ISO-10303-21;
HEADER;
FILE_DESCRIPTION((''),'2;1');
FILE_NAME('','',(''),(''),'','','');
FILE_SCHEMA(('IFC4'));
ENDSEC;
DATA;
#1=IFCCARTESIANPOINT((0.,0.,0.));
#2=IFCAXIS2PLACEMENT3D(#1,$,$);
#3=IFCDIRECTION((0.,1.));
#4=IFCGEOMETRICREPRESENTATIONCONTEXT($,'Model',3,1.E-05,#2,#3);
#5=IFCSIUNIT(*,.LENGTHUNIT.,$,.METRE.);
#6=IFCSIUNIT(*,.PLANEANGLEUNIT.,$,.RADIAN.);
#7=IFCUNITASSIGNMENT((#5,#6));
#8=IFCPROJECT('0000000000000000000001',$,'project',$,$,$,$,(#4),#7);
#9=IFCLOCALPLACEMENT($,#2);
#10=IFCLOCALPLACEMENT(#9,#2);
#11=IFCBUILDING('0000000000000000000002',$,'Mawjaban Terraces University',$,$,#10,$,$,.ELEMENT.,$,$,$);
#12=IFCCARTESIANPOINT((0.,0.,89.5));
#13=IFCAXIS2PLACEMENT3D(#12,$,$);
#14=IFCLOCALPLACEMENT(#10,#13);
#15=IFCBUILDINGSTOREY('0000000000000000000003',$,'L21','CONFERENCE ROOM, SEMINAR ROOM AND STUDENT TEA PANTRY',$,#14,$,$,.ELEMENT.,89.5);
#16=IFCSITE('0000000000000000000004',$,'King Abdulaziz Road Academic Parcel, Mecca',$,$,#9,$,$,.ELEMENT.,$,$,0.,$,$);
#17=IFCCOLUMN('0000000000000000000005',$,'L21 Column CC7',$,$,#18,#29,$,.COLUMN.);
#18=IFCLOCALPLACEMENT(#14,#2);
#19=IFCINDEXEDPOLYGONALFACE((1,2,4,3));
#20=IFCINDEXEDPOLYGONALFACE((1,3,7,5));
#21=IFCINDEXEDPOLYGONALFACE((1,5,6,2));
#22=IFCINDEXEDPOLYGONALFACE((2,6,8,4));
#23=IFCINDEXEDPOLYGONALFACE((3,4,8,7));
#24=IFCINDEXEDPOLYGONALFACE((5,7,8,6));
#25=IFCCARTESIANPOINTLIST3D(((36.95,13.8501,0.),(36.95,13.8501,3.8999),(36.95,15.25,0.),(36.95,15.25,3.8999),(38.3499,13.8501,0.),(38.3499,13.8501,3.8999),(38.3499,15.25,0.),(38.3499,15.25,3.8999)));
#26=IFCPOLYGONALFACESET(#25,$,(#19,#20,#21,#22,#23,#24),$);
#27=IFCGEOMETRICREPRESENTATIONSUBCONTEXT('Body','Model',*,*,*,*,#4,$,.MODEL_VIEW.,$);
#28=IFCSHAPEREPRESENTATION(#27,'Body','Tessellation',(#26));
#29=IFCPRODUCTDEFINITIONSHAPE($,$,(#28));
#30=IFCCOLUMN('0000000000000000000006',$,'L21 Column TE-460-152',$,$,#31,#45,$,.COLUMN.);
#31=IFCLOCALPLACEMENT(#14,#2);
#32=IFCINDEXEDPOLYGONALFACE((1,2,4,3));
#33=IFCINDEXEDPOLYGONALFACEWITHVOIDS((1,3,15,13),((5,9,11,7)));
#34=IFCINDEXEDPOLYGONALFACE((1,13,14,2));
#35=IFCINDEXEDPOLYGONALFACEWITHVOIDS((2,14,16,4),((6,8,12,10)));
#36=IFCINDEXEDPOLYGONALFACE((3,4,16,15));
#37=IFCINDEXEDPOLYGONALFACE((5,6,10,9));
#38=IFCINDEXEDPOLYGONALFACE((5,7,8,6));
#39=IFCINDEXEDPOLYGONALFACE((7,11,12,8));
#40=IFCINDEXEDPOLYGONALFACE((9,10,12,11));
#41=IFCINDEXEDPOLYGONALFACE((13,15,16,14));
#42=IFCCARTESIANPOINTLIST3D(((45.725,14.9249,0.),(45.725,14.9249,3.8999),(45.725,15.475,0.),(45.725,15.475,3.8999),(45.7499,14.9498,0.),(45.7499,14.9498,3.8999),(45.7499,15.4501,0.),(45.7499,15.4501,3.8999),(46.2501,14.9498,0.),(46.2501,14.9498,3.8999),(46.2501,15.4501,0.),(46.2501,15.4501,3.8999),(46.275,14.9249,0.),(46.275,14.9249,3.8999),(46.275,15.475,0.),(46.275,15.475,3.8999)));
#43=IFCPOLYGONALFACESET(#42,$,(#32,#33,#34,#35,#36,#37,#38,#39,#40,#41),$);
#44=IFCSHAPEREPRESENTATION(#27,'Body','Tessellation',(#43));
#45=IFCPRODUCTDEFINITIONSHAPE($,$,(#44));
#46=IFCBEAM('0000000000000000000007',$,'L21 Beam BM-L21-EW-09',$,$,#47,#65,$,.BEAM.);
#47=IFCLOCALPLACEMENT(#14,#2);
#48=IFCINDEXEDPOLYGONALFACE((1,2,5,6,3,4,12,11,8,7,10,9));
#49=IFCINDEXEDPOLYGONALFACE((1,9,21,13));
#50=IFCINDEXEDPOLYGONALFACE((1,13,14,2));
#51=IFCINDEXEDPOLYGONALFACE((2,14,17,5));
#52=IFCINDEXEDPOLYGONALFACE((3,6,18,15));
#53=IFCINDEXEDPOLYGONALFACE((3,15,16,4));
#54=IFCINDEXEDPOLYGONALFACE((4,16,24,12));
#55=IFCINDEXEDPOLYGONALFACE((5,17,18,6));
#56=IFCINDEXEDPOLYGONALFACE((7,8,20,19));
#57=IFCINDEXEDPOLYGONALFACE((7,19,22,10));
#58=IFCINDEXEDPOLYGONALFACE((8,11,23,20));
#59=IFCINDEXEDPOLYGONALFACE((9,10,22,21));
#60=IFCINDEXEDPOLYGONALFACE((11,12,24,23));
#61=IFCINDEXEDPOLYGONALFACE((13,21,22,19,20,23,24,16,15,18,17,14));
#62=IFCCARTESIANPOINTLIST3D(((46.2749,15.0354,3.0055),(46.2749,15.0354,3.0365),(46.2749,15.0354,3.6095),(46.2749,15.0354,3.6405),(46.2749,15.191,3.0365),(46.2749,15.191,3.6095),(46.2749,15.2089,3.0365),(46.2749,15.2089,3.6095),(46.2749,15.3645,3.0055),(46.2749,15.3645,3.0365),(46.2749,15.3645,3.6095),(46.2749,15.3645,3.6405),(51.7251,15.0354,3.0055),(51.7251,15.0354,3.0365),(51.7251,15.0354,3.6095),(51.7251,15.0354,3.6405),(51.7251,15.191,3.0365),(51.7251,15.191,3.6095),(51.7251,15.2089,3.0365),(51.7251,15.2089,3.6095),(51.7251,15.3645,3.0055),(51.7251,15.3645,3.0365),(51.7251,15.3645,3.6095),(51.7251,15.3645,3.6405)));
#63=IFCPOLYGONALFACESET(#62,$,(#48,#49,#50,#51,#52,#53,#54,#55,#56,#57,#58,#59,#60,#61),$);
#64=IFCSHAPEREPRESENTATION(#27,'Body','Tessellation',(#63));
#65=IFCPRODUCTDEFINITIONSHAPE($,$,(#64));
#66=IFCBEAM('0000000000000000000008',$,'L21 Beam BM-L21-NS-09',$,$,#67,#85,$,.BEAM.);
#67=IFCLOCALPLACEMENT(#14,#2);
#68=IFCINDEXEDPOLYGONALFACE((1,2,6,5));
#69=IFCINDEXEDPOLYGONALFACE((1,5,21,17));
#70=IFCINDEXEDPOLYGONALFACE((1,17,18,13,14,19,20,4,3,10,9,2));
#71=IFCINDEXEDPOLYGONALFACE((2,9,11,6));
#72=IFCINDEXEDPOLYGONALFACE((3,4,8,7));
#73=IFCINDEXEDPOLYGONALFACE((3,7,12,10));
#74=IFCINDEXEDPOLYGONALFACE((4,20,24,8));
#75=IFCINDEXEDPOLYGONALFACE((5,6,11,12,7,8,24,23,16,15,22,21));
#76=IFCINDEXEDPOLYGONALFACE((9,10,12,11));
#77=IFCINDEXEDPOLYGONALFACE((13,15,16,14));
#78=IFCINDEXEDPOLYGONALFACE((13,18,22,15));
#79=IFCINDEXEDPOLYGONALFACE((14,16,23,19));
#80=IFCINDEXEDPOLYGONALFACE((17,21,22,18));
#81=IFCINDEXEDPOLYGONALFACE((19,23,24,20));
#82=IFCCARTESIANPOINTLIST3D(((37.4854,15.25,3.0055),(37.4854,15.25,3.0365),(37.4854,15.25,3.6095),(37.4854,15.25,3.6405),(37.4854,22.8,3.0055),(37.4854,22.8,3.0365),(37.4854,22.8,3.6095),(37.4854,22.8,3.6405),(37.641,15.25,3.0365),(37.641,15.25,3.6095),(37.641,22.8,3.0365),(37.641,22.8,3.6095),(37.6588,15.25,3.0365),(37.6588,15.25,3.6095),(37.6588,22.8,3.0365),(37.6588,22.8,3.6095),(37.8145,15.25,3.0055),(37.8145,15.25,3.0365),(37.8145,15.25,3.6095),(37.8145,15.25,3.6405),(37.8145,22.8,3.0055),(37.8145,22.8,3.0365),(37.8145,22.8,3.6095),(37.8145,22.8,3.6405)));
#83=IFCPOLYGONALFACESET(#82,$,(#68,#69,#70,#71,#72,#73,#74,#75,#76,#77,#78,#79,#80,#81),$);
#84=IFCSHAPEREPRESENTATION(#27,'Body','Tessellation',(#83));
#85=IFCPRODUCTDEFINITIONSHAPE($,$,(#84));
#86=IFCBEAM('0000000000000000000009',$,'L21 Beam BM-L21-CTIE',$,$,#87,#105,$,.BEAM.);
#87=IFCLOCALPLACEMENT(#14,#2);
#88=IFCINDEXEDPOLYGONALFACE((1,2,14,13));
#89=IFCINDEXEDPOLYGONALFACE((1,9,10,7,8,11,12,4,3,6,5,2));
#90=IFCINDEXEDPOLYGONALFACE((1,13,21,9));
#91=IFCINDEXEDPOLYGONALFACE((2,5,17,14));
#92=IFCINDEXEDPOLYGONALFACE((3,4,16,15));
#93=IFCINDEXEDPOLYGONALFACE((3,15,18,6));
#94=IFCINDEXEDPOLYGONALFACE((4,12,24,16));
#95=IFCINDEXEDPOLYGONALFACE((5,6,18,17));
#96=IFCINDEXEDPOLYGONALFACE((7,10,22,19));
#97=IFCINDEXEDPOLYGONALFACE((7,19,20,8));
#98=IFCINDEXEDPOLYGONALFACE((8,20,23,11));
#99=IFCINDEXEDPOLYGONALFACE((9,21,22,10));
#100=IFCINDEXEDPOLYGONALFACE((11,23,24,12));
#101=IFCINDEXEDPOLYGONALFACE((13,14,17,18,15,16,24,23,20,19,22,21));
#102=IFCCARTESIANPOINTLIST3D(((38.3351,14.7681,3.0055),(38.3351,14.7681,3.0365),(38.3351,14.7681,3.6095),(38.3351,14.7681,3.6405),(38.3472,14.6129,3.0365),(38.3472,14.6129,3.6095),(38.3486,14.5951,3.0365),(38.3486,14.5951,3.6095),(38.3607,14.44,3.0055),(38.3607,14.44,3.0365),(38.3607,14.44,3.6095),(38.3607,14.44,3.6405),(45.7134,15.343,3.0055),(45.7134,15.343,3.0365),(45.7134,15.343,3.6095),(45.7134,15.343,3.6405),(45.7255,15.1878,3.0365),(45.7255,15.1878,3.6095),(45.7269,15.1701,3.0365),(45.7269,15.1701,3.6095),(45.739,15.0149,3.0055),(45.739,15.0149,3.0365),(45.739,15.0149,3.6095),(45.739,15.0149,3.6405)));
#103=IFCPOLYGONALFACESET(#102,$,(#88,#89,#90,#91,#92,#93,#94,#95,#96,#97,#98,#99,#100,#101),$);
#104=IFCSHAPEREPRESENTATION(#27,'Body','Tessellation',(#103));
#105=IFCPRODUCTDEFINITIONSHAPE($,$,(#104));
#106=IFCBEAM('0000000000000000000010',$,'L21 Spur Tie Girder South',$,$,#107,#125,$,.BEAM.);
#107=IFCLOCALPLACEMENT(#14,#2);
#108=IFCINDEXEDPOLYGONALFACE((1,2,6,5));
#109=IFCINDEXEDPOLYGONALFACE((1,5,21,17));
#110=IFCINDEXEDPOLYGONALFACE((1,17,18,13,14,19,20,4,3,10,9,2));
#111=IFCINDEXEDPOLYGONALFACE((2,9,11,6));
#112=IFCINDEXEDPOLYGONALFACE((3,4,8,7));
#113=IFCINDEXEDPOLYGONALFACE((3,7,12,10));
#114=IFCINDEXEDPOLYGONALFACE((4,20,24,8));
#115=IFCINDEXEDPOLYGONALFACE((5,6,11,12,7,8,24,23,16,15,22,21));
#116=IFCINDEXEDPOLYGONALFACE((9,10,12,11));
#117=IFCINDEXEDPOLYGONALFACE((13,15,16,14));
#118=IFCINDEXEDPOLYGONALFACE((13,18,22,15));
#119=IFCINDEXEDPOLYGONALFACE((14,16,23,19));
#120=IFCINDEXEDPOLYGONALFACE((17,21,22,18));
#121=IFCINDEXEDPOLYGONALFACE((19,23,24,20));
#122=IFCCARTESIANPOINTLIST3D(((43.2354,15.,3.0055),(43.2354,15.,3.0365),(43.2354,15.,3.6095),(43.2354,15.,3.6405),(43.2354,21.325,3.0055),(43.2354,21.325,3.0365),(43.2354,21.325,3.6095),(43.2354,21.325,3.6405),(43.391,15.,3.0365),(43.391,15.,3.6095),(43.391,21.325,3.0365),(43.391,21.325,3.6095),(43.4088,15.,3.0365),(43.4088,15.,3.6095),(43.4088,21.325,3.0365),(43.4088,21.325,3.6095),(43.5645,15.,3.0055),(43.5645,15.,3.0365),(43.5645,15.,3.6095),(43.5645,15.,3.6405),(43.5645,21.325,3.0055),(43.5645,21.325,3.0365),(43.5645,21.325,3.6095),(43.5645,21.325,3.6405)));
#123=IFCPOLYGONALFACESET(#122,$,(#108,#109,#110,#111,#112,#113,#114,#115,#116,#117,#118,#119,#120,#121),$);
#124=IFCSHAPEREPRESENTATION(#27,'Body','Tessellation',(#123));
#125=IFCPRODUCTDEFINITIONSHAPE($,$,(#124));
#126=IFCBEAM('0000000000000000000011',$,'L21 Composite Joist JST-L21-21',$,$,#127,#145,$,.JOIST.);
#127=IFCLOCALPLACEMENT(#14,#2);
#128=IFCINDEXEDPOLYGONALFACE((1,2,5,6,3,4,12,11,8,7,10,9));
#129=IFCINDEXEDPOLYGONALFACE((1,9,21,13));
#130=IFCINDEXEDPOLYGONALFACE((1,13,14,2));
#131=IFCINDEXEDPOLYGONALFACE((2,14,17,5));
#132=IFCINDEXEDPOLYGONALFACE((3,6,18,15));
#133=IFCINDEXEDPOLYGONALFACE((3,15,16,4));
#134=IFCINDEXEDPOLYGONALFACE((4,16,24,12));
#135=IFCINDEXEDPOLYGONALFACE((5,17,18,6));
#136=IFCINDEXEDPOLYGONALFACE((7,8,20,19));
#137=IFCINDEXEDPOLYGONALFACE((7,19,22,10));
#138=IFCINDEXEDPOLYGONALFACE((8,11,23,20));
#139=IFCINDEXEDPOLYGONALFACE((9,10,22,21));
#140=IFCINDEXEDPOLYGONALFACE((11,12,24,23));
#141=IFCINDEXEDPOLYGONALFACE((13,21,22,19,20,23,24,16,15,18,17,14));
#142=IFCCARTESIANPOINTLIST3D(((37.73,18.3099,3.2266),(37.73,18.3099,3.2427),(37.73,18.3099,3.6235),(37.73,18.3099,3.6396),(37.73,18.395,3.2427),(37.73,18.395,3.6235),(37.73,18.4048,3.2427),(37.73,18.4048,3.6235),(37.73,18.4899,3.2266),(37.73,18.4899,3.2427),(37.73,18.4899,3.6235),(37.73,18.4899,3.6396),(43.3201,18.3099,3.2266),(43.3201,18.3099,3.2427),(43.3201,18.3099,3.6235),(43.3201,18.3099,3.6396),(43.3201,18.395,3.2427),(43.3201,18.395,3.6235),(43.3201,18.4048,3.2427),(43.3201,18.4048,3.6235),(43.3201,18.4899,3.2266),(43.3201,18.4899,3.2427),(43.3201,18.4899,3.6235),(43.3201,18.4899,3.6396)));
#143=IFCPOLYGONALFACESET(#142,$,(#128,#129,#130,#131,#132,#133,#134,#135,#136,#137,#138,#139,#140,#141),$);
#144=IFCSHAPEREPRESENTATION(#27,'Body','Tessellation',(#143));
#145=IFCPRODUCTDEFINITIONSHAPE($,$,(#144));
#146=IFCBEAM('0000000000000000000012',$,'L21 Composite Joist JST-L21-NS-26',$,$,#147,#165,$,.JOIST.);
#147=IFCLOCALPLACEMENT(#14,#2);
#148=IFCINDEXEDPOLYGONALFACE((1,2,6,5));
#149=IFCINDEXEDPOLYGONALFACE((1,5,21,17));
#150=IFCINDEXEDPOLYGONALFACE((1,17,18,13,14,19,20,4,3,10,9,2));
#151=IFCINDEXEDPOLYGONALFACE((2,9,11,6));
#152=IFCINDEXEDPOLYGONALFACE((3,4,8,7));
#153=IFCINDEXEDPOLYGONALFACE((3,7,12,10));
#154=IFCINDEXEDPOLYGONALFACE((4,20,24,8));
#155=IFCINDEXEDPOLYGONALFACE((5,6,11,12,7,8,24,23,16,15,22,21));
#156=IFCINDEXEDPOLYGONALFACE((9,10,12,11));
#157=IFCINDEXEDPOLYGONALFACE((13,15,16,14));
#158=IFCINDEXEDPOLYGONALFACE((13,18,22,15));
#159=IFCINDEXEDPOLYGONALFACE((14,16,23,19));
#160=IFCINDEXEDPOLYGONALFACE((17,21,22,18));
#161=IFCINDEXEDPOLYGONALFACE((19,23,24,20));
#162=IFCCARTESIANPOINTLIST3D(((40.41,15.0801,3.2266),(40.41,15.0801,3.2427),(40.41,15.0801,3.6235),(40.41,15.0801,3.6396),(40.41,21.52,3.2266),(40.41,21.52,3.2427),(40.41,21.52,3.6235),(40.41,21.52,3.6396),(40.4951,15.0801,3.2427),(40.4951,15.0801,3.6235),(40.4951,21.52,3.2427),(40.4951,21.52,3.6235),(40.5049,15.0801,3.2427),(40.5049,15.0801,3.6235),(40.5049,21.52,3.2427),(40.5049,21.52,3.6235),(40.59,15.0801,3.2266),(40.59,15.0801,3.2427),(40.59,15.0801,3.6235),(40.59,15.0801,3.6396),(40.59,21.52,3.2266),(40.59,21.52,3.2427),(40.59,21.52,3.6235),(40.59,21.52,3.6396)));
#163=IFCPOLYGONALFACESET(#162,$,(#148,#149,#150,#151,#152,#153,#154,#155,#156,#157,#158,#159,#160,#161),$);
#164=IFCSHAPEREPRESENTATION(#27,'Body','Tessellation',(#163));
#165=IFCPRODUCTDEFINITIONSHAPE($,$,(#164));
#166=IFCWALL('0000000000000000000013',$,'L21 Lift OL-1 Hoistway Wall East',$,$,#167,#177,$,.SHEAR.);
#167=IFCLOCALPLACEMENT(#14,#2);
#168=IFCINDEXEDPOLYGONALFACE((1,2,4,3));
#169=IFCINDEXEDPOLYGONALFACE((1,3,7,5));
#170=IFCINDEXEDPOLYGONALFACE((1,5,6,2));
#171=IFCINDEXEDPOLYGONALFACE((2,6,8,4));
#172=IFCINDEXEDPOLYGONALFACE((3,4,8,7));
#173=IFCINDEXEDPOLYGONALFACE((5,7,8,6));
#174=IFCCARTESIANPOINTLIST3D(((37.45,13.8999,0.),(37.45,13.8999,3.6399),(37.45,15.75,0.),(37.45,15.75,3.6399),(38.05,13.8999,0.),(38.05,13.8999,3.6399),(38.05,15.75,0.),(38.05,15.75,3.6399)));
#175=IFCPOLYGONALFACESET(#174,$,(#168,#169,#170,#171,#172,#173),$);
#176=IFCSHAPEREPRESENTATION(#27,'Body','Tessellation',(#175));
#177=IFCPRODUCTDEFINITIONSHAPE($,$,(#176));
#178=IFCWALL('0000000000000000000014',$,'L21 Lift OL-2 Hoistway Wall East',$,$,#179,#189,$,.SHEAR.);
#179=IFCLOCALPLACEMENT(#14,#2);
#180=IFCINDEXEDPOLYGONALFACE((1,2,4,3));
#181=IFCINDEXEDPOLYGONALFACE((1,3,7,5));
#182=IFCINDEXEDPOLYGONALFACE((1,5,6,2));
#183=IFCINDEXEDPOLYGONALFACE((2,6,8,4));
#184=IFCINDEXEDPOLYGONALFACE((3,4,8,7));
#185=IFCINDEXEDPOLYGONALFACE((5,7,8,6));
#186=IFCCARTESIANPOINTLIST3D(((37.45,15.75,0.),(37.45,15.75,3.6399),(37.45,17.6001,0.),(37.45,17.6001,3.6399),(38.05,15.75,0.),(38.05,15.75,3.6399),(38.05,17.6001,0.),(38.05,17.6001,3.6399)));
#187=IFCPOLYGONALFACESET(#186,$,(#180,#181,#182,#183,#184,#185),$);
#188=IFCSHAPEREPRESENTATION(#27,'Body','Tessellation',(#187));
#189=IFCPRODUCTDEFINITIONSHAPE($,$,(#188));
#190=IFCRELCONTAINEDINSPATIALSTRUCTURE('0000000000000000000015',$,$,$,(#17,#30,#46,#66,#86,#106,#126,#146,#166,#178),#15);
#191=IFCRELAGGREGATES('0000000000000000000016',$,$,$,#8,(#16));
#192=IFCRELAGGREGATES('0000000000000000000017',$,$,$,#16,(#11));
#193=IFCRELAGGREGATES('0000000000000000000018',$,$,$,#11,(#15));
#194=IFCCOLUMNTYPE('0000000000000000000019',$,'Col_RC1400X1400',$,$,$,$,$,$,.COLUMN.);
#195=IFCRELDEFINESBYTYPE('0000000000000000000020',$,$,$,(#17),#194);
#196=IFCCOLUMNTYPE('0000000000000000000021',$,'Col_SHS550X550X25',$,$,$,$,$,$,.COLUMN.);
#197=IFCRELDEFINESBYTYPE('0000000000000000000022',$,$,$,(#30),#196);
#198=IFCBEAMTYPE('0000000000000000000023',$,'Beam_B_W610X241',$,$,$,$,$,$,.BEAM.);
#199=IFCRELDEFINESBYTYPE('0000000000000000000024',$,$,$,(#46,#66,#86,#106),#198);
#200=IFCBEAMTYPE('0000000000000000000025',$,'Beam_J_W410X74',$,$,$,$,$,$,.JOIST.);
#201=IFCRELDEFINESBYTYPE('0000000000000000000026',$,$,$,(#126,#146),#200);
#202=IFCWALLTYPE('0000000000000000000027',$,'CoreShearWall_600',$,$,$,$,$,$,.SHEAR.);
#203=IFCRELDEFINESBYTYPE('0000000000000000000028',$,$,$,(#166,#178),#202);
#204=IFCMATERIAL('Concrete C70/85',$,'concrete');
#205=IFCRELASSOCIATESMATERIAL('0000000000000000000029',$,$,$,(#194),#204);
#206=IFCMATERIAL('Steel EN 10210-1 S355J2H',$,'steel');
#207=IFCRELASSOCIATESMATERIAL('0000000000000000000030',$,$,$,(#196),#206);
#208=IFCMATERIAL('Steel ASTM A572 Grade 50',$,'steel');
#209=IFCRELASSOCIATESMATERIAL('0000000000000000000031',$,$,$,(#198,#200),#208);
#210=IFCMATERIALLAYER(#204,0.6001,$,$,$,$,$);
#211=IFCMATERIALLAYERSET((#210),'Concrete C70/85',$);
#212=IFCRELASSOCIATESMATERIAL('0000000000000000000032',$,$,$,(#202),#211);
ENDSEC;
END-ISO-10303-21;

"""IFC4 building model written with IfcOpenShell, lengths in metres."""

from ifc_helpers import new_model, si_unit, direction, frame, frame_2d, origin, origin_2d, place, context, subcontext, project, spatial, rectangle, hollow_rectangle, i_section, extrude, material, layer, layer_set, material_profile, profile_set, type_object, element, save


model = new_model("IFC4")

# Units and contexts
model_context = context("Model", 3, precision=1e-05, world=origin(), true_north=direction((0.0, 1.0)))
body_context = subcontext(model_context, "Body", "Model", "MODEL_VIEW")
ifc_project = project(units=[si_unit("LENGTHUNIT", "METRE"), si_unit("PLANEANGLEUNIT", "RADIAN")], contexts=[model_context])

# Site, building, storey
site_placement = place(None, origin())
site = spatial("IfcSite", under=ifc_project, at=site_placement, Name="King Abdulaziz Road Academic Parcel, Mecca", CompositionType="ELEMENT", RefElevation=0.0)
building_placement = place(site_placement, origin())
building = spatial("IfcBuilding", under=site, at=building_placement, Name="Mawjaban Terraces University", CompositionType="ELEMENT")
storey_placement = place(building_placement, frame((0.0, 0.0, 89.5)))
storey = spatial("IfcBuildingStorey", under=building, at=storey_placement, Name="L21", Description="CONFERENCE ROOM, SEMINAR ROOM AND STUDENT TEA PANTRY", CompositionType="ELEMENT", Elevation=89.5)

# Columns
ifc_material_1 = material(Name="Concrete C70/85", Category="concrete")
ifc_material_profile_1 = material_profile(ifc_material_1, rectangle(XDim=1.3999, YDim=1.3999, at=origin_2d()), Name="RC1400X1400")
ifc_profile_set_1 = profile_set([ifc_material_profile_1], Name="Concrete C70/85")
column_type_1 = type_object("IfcColumnType", Name="Col_RC1400X1400", PredefinedType="COLUMN", material=ifc_profile_set_1)
column_1_placement = place(storey_placement, frame((37.6499, 14.55, 0.0), z_axis=(0.0, 0.0, 1.0), x_axis=(1.0, 0.0, 0.0)))
element("IfcColumn", 1, at=column_1_placement, inside=storey, type_object=column_type_1, Name="L21 Column CC7", PredefinedType="COLUMN", context=body_context, shape_type="SweptSolid", body=[
    extrude(rectangle(XDim=1.3999, YDim=1.3999, at=origin_2d()), origin(), (0.0, 0.0, 1.0), 3.8999),
])
ifc_material_2 = material(Name="Steel EN 10210-1 S355J2H", Category="steel")
ifc_material_profile_2 = material_profile(ifc_material_2, hollow_rectangle(XDim=0.55, YDim=0.55, WallThickness=0.0249, at=origin_2d()), Name="SHS550X550X25")
ifc_profile_set_2 = profile_set([ifc_material_profile_2], Name="Steel EN 10210-1 S355J2H")
column_type_2 = type_object("IfcColumnType", Name="Col_SHS550X550X25", PredefinedType="COLUMN", material=ifc_profile_set_2)
column_2_placement = place(storey_placement, frame((46.0, 15.2, 0.0), z_axis=(0.0, 0.0, 1.0), x_axis=(1.0, 0.0, 0.0)))
element("IfcColumn", 2, at=column_2_placement, inside=storey, type_object=column_type_2, Name="L21 Column TE-460-152", PredefinedType="COLUMN", context=body_context, shape_type="SweptSolid", body=[
    extrude(hollow_rectangle(XDim=0.55, YDim=0.55, WallThickness=0.0249, at=origin_2d()), origin(), (0.0, 0.0, 1.0), 3.8999),
])

# Beams
ifc_material_3 = material(Name="Steel ASTM A572 Grade 50", Category="steel")
ifc_material_profile_3 = material_profile(ifc_material_3, i_section(OverallWidth=0.3291, OverallDepth=0.635, WebThickness=0.0178, FlangeThickness=0.031, at=origin_2d()), Name="W610X241")
ifc_profile_set_3 = profile_set([ifc_material_profile_3], Name="Steel ASTM A572 Grade 50")
beam_type_1 = type_object("IfcBeamType", Name="Beam_B_W610X241", PredefinedType="BEAM", material=ifc_profile_set_3)
beam_1_placement = place(storey_placement, frame((46.2749, 15.2, 3.323), z_axis=(1.0, 0.0, 0.0), x_axis=(0.0, 1.0, 0.0)))
element("IfcBeam", 3, at=beam_1_placement, inside=storey, type_object=beam_type_1, Name="L21 Beam BM-L21-EW-09", PredefinedType="BEAM", context=body_context, shape_type="SweptSolid", body=[
    extrude(i_section(OverallWidth=0.3291, OverallDepth=0.635, WebThickness=0.0178, FlangeThickness=0.031, at=origin_2d()), origin(), (0.0, 0.0, 1.0), 5.4502),
])
beam_2_placement = place(storey_placement, frame((37.6499, 15.25, 3.323), z_axis=(0.0, 1.0, 0.0), x_axis=(-1.0, 0.0, 0.0)))
element("IfcBeam", 4, at=beam_2_placement, inside=storey, type_object=beam_type_1, Name="L21 Beam BM-L21-NS-09", PredefinedType="BEAM", context=body_context, shape_type="SweptSolid", body=[
    extrude(i_section(OverallWidth=0.3291, OverallDepth=0.635, WebThickness=0.0178, FlangeThickness=0.031, at=origin_2d()), origin(), (0.0, 0.0, 1.0), 7.55),
])
beam_3_placement = place(storey_placement, frame((38.3479, 14.604, 3.323), z_axis=(0.996978, 0.07769, 0.0), x_axis=(-0.07769, 0.996978, 0.0)))
element("IfcBeam", 5, at=beam_3_placement, inside=storey, type_object=beam_type_1, Name="L21 Beam BM-L21-CTIE", PredefinedType="BEAM", context=body_context, shape_type="SweptSolid", body=[
    extrude(i_section(OverallWidth=0.3291, OverallDepth=0.635, WebThickness=0.0178, FlangeThickness=0.031, at=origin_2d()), origin(), (0.0, 0.0, 1.0), 7.4006),
])
beam_4_placement = place(storey_placement, frame((43.3999, 15.0, 3.323), z_axis=(0.0, 1.0, 0.0), x_axis=(-1.0, 0.0, 0.0)))
element("IfcBeam", 6, at=beam_4_placement, inside=storey, type_object=beam_type_1, Name="L21 Spur Tie Girder South", PredefinedType="BEAM", context=body_context, shape_type="SweptSolid", body=[
    extrude(i_section(OverallWidth=0.3291, OverallDepth=0.635, WebThickness=0.0178, FlangeThickness=0.031, at=origin_2d()), origin(), (0.0, 0.0, 1.0), 6.325),
])
ifc_material_profile_4 = material_profile(ifc_material_3, i_section(OverallWidth=0.1799, OverallDepth=0.4131, WebThickness=0.0098, FlangeThickness=0.0161, at=origin_2d()), Name="W410X74")
ifc_profile_set_4 = profile_set([ifc_material_profile_4], Name="Steel ASTM A572 Grade 50")
beam_type_2 = type_object("IfcBeamType", Name="Beam_J_W410X74", PredefinedType="JOIST", material=ifc_profile_set_4)
beam_5_placement = place(storey_placement, frame((37.73, 18.3999, 3.4331), z_axis=(1.0, 0.0, 0.0), x_axis=(0.0, 1.0, 0.0)))
element("IfcBeam", 7, at=beam_5_placement, inside=storey, type_object=beam_type_2, Name="L21 Composite Joist JST-L21-21", PredefinedType="JOIST", context=body_context, shape_type="SweptSolid", body=[
    extrude(i_section(OverallWidth=0.1799, OverallDepth=0.4131, WebThickness=0.0098, FlangeThickness=0.0161, at=origin_2d()), origin(), (0.0, 0.0, 1.0), 5.5901),
])
beam_6_placement = place(storey_placement, frame((40.5, 15.0801, 3.4331), z_axis=(0.0, 1.0, 0.0), x_axis=(-1.0, 0.0, 0.0)))
element("IfcBeam", 8, at=beam_6_placement, inside=storey, type_object=beam_type_2, Name="L21 Composite Joist JST-L21-NS-26", PredefinedType="JOIST", context=body_context, shape_type="SweptSolid", body=[
    extrude(i_section(OverallWidth=0.1799, OverallDepth=0.4131, WebThickness=0.0098, FlangeThickness=0.0161, at=origin_2d()), origin(), (0.0, 0.0, 1.0), 6.4399),
])

# Walls
ifc_layer_1 = layer(ifc_material_1, 0.6001)
ifc_layer_set_1 = layer_set([ifc_layer_1], Name="Concrete C70/85")
wall_type_1 = type_object("IfcWallType", Name="CoreShearWall_600", PredefinedType="SHEAR", material=ifc_layer_set_1)
for number, where, z_axis, x_axis, name in (
    (9, (37.75, 13.8999, 0.0), (0.0, 0.0, 1.0), (0.0, 1.0, 0.0), "L21 Lift OL-1 Hoistway Wall East"),
    (10, (37.75, 15.75, 0.0), (0.0, 0.0, 1.0), (0.0, 1.0, 0.0), "L21 Lift OL-2 Hoistway Wall East"),
):
    element("IfcWall", number, at=place(storey_placement, frame(where, z_axis=z_axis, x_axis=x_axis)), inside=storey, type_object=wall_type_1, Name=name, PredefinedType="SHEAR", context=body_context, shape_type="SweptSolid", body=[
        extrude(rectangle(XDim=1.8501, YDim=0.6001, at=frame_2d((0.925, 0.0))), origin(), (0.0, 0.0, 1.0), 3.6399),
    ])

save(model, "model.ifc")
